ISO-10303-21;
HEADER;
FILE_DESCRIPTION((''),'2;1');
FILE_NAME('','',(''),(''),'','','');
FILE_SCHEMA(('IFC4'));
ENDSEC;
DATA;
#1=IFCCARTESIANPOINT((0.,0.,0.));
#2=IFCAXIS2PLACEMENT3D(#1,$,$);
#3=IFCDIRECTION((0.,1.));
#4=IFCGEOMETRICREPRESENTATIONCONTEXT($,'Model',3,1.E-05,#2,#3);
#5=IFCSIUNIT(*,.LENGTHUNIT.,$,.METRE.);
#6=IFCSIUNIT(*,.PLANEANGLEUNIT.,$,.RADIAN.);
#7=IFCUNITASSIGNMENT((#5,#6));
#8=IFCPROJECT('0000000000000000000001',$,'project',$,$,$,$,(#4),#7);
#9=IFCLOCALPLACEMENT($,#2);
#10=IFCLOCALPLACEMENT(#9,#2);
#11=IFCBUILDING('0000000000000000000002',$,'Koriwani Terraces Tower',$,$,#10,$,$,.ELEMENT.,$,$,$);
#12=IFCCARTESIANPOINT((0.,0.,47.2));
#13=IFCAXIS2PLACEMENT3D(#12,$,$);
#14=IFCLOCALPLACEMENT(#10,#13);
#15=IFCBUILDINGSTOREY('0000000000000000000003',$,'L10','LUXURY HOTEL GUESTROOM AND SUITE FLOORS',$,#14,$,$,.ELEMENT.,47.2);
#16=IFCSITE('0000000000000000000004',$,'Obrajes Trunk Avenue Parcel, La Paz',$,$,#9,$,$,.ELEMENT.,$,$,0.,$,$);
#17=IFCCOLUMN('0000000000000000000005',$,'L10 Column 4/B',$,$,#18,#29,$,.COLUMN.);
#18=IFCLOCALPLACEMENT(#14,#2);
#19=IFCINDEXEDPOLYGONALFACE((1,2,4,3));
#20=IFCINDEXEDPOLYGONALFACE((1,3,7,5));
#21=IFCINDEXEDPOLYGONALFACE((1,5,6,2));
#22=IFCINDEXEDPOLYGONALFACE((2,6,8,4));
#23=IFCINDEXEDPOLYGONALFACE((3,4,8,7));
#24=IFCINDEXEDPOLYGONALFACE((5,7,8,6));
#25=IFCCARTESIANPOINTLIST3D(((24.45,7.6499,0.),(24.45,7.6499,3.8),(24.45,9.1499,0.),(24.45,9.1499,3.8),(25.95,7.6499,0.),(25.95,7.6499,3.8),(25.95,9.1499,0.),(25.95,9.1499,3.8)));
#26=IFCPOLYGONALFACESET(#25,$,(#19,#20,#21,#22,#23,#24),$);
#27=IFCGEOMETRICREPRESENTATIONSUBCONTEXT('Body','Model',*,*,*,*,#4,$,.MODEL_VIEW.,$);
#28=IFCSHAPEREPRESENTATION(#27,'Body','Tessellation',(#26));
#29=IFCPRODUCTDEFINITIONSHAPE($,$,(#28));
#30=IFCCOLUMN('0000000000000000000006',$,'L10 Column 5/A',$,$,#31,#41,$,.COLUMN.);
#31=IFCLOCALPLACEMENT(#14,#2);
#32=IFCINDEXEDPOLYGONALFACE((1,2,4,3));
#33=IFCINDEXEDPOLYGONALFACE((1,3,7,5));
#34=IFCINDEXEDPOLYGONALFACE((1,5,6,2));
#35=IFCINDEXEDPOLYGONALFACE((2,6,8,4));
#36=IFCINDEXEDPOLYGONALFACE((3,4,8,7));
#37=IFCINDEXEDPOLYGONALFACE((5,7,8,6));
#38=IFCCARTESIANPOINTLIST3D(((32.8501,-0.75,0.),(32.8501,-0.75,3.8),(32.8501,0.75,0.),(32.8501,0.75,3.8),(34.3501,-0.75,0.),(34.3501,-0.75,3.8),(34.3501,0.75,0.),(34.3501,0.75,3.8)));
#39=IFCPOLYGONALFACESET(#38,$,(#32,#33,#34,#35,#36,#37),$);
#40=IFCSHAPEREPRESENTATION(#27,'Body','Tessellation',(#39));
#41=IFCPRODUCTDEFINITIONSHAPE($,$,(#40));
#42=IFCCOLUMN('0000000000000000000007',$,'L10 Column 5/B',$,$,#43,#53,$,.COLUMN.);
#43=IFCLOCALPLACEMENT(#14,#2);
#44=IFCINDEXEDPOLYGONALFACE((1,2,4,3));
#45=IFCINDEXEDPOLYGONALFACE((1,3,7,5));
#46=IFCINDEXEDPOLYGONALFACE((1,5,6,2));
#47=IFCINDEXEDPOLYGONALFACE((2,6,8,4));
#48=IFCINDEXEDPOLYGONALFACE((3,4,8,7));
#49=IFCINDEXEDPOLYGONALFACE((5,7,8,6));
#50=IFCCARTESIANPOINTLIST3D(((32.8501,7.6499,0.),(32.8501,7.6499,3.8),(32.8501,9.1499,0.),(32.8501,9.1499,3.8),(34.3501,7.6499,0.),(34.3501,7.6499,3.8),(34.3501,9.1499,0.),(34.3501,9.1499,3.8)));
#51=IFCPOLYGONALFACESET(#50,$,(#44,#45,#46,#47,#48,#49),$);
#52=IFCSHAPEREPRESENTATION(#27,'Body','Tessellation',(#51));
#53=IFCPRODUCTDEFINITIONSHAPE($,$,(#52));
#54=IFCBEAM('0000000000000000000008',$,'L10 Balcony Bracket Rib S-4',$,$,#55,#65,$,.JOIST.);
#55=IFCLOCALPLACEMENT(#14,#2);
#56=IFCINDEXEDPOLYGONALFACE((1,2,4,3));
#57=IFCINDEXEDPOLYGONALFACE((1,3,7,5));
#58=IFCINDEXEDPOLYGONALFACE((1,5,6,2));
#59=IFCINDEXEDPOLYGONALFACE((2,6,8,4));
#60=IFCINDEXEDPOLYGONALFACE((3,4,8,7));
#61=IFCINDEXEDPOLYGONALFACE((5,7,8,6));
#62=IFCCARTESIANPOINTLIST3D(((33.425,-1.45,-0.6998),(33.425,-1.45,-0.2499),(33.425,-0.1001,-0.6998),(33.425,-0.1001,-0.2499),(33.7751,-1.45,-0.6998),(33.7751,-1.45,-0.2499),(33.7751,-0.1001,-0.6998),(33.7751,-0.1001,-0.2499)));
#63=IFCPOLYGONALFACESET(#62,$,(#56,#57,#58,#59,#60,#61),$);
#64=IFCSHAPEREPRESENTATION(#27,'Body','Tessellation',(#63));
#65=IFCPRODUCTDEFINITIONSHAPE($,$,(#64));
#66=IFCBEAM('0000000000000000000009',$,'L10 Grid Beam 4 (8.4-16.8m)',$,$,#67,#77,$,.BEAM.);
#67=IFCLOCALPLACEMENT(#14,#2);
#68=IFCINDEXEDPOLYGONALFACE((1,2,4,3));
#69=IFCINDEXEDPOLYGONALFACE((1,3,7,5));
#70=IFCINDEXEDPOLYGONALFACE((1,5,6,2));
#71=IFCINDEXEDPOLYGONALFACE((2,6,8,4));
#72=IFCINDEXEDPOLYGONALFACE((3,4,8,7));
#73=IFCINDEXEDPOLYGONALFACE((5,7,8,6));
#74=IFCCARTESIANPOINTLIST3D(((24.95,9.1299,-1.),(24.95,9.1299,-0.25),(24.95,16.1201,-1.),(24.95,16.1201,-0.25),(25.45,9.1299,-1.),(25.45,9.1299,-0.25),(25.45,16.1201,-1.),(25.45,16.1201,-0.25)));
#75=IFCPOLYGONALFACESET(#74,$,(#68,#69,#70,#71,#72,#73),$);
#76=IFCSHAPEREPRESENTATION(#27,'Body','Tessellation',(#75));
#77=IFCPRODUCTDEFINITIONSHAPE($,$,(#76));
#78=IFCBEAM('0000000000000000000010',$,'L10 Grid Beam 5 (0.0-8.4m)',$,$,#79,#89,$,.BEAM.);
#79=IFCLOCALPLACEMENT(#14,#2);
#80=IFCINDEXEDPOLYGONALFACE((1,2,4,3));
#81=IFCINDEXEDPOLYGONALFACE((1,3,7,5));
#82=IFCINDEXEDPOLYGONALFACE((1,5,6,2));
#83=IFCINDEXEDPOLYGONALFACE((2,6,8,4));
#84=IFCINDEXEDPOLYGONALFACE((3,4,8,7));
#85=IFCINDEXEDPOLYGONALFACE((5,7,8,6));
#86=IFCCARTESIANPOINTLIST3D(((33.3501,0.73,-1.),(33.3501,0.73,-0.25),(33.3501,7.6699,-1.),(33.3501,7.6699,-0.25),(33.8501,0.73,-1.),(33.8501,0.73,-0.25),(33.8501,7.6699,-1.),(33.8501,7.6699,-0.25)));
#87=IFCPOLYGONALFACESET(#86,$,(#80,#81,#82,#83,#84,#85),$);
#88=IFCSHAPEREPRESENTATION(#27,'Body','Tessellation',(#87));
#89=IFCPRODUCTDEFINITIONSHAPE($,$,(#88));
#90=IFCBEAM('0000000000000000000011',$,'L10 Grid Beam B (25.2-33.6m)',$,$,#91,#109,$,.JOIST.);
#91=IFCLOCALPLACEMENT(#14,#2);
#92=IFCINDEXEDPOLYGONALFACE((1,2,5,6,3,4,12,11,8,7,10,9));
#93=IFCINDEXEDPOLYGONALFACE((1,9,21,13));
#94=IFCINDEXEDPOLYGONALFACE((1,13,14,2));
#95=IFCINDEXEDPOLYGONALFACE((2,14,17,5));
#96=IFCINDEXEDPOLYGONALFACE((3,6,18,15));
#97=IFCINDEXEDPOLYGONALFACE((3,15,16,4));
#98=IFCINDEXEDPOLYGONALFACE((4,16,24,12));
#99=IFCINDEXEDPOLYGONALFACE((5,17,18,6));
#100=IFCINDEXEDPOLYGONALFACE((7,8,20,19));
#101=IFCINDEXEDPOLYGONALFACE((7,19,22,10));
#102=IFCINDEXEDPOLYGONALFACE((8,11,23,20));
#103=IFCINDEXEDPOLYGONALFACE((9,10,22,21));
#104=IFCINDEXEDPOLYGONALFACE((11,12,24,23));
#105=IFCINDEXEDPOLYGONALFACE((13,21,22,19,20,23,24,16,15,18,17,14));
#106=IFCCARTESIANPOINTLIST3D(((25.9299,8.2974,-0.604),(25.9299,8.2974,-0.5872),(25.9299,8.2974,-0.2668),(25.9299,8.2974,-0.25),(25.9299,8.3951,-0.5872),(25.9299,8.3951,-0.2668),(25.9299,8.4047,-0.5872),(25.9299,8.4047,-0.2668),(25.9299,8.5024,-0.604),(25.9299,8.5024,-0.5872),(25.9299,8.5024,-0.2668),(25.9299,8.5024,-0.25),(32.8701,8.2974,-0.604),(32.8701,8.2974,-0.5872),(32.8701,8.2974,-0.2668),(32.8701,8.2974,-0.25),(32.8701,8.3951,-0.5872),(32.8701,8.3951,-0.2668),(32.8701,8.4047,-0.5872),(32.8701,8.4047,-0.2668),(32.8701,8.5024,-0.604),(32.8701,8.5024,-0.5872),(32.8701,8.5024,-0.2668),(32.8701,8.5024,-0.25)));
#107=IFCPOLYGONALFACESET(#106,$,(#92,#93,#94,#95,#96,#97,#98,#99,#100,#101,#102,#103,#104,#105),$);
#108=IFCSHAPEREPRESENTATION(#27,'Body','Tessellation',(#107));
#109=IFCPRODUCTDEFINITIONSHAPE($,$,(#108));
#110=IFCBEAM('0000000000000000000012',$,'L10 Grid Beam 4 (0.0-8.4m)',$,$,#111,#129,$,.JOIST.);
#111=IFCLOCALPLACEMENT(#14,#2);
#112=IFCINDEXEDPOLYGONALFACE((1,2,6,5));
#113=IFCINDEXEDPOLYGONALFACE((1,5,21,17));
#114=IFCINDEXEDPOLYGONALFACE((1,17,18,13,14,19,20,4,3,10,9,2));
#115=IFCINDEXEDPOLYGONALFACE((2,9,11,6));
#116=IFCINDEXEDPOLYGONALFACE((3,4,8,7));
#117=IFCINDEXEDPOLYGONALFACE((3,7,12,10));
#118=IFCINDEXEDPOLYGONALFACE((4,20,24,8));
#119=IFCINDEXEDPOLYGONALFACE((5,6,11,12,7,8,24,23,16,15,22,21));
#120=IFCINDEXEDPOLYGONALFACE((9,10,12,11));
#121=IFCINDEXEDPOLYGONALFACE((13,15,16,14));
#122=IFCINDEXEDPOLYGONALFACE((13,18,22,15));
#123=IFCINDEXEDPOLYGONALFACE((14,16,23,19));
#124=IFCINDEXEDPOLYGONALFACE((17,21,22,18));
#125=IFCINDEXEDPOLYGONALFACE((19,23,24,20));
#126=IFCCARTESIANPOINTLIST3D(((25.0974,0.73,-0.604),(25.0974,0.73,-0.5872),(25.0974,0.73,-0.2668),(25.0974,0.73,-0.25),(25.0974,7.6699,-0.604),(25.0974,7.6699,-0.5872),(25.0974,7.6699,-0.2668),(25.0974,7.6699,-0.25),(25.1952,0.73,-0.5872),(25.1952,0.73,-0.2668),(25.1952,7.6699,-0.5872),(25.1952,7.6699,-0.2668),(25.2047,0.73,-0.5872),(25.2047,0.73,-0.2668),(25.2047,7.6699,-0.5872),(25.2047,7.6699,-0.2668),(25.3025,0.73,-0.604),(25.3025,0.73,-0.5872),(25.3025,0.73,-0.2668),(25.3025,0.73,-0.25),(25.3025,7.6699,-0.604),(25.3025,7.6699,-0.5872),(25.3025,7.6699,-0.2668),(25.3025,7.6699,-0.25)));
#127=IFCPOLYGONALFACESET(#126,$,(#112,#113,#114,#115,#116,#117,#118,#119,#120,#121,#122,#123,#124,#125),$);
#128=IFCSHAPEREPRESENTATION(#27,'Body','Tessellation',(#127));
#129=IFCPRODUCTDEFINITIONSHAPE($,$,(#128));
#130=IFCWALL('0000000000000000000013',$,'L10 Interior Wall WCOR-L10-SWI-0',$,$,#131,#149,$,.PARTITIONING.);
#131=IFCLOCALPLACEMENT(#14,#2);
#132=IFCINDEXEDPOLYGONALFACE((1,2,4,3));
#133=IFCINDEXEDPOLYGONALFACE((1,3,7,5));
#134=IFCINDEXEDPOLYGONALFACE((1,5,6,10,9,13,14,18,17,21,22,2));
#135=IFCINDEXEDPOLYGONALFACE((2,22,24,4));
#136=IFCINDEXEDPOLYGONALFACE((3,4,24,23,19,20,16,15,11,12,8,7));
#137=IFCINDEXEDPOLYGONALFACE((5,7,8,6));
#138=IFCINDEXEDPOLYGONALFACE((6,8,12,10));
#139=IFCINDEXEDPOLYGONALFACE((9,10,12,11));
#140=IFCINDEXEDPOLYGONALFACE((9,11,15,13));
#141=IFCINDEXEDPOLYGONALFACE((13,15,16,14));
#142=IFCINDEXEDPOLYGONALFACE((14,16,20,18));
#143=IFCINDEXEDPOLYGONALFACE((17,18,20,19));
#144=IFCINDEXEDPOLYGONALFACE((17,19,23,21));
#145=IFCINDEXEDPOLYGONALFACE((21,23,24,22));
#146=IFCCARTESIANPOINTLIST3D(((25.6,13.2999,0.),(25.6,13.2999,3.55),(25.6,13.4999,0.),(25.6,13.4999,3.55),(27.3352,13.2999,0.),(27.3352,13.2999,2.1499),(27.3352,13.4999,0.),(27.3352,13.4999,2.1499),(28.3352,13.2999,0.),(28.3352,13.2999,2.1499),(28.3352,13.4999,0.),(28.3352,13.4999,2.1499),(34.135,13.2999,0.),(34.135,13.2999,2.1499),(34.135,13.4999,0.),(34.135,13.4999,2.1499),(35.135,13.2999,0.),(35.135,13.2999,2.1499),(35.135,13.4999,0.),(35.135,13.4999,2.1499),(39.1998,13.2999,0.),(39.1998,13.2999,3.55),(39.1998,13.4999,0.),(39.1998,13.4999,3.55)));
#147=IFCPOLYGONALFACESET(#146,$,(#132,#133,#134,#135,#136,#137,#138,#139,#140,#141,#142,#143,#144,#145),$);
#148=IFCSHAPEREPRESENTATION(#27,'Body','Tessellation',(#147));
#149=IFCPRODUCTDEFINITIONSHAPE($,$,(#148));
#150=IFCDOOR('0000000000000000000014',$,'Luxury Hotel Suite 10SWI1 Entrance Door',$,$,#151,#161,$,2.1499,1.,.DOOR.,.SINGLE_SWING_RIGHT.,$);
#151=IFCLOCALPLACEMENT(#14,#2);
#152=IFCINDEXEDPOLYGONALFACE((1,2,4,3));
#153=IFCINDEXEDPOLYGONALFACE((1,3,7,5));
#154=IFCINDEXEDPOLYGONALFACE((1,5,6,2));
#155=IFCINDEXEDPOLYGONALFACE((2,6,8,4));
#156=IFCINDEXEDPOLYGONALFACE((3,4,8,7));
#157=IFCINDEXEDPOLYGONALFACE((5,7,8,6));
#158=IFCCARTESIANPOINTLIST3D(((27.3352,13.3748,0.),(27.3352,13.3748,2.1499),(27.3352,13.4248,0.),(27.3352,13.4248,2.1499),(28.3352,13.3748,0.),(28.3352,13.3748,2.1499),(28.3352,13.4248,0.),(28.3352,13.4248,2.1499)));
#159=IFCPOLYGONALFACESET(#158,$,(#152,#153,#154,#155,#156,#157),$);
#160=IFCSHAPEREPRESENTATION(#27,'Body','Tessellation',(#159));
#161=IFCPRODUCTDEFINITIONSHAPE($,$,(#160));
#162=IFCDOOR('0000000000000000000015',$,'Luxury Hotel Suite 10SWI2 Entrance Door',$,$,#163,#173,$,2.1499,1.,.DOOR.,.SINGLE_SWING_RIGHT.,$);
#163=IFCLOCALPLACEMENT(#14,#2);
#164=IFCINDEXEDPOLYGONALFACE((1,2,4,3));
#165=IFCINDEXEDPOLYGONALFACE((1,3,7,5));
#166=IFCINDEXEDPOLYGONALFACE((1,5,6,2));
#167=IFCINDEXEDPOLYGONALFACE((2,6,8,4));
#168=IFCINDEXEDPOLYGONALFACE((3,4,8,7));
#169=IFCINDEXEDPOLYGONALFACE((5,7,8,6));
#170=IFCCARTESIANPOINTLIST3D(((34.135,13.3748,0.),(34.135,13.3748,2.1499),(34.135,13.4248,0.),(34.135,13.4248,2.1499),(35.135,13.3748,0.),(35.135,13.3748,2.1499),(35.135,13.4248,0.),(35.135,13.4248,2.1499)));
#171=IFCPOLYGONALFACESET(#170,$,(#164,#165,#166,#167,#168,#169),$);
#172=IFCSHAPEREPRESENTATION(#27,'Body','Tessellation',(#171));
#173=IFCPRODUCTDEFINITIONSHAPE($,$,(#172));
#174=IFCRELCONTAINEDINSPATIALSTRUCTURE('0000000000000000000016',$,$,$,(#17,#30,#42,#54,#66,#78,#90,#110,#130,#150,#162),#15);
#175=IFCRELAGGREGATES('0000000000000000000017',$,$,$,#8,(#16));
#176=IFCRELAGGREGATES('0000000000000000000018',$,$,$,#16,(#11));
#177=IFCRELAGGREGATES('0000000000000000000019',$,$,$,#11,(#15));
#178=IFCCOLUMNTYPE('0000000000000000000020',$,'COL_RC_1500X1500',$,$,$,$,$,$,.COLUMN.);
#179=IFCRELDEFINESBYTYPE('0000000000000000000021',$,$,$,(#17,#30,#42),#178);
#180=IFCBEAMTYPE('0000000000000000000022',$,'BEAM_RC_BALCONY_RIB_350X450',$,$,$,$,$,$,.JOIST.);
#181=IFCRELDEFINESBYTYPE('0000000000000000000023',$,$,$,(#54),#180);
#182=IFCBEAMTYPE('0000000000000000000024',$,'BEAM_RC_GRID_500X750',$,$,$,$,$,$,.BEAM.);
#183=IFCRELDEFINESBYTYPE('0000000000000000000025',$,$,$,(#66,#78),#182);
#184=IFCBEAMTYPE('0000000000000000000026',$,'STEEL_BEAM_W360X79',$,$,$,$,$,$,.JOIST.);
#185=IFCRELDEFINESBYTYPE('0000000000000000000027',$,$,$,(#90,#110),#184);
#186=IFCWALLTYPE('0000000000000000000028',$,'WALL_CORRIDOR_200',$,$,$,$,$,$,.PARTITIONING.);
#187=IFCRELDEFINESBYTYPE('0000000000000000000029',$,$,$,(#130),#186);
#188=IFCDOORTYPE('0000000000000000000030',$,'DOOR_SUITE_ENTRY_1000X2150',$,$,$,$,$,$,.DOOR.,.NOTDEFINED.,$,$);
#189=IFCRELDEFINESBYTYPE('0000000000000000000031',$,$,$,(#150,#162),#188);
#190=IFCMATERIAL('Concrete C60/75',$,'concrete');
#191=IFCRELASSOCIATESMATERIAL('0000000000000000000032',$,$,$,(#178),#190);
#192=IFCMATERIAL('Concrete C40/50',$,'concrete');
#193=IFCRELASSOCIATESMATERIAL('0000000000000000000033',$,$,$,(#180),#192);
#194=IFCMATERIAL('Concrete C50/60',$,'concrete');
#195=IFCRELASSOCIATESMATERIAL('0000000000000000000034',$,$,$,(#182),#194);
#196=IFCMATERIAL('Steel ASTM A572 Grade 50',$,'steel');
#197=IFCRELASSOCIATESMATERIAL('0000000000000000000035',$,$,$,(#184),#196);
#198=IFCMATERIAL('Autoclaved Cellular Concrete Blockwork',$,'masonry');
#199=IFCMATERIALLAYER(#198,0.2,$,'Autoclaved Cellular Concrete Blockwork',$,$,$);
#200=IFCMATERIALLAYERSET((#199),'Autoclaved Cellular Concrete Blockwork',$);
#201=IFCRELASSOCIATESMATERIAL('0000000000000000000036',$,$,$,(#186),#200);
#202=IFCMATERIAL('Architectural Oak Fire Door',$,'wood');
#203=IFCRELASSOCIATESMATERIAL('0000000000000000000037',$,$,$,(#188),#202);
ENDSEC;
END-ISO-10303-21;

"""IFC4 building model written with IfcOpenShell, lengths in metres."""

from ifc_helpers import new_model, si_unit, direction, frame, frame_2d, origin, origin_2d, place, context, subcontext, project, spatial, rectangle, i_section, extrude, material, layer, layer_set, material_profile, profile_set, type_object, element, fill, save


model = new_model("IFC4")

# Units and contexts
model_context = context("Model", 3, precision=1e-05, world=origin(), true_north=direction((0.0, 1.0)))
body_context = subcontext(model_context, "Body", "Model", "MODEL_VIEW")
ifc_project = project(units=[si_unit("LENGTHUNIT", "METRE"), si_unit("PLANEANGLEUNIT", "RADIAN")], contexts=[model_context])

# Site, building, storey
site_placement = place(None, origin())
site = spatial("IfcSite", under=ifc_project, at=site_placement, Name="Obrajes Trunk Avenue Parcel, La Paz", CompositionType="ELEMENT", RefElevation=0.0)
building_placement = place(site_placement, origin())
building = spatial("IfcBuilding", under=site, at=building_placement, Name="Koriwani Terraces Tower", CompositionType="ELEMENT")
storey_placement = place(building_placement, frame((0.0, 0.0, 47.2)))
storey = spatial("IfcBuildingStorey", under=building, at=storey_placement, Name="L10", Description="LUXURY HOTEL GUESTROOM AND SUITE FLOORS", CompositionType="ELEMENT", Elevation=47.2)

# Columns
ifc_material_1 = material(Name="Concrete C60/75", Category="concrete")
ifc_material_profile_1 = material_profile(ifc_material_1, rectangle(XDim=1.5, YDim=1.5, at=origin_2d()), Name="Concrete C60/75", Category="LoadBearing")
ifc_profile_set_1 = profile_set([ifc_material_profile_1], Name="Concrete C60/75")
column_type = type_object("IfcColumnType", Name="COL_RC_1500X1500", PredefinedType="COLUMN", material=ifc_profile_set_1)
for number, where, z_axis, x_axis, name in (
    (1, (25.2, 8.3999, 0.0), (0.0, 0.0, 1.0), (1.0, 0.0, 0.0), "L10 Column 4/B"),
    (2, (33.6001, 0.0, 0.0), (0.0, 0.0, 1.0), (1.0, 0.0, 0.0), "L10 Column 5/A"),
    (3, (33.6001, 8.3999, 0.0), (0.0, 0.0, 1.0), (1.0, 0.0, 0.0), "L10 Column 5/B"),
):
    element("IfcColumn", number, at=place(storey_placement, frame(where, z_axis=z_axis, x_axis=x_axis)), inside=storey, type_object=column_type, Name=name, PredefinedType="COLUMN", context=body_context, shape_type="SweptSolid", body=[
        extrude(rectangle(XDim=1.5, YDim=1.5, at=origin_2d()), origin(), (0.0, 0.0, 1.0), 3.8),
    ])

# Beams
ifc_material_2 = material(Name="Concrete C40/50", Category="concrete")
ifc_material_profile_2 = material_profile(ifc_material_2, rectangle(XDim=0.3501, YDim=0.45, at=origin_2d()), Name="Concrete C40/50", Category="LoadBearing")
ifc_profile_set_2 = profile_set([ifc_material_profile_2], Name="Concrete C40/50")
beam_type_1 = type_object("IfcBeamType", Name="BEAM_RC_BALCONY_RIB_350X450", PredefinedType="JOIST", material=ifc_profile_set_2)
beam_1_placement = place(storey_placement, frame((33.6001, -1.45, -0.4749), z_axis=(0.0, 1.0, 0.0), x_axis=(-1.0, 0.0, 0.0)))
element("IfcBeam", 4, at=beam_1_placement, inside=storey, type_object=beam_type_1, Name="L10 Balcony Bracket Rib S-4", PredefinedType="JOIST", context=body_context, shape_type="SweptSolid", body=[
    extrude(rectangle(XDim=0.3501, YDim=0.45, at=origin_2d()), origin(), (0.0, 0.0, 1.0), 1.3499),
])
ifc_material_3 = material(Name="Concrete C50/60", Category="concrete")
ifc_material_profile_3 = material_profile(ifc_material_3, rectangle(XDim=0.5, YDim=0.75, at=origin_2d()), Name="Concrete C50/60", Category="LoadBearing")
ifc_profile_set_3 = profile_set([ifc_material_profile_3], Name="Concrete C50/60")
beam_type_2 = type_object("IfcBeamType", Name="BEAM_RC_GRID_500X750", PredefinedType="BEAM", material=ifc_profile_set_3)
beam_2_placement = place(storey_placement, frame((25.2, 9.1299, -0.625), z_axis=(0.0, 1.0, 0.0), x_axis=(-1.0, 0.0, 0.0)))
element("IfcBeam", 5, at=beam_2_placement, inside=storey, type_object=beam_type_2, Name="L10 Grid Beam 4 (8.4-16.8m)", PredefinedType="BEAM", context=body_context, shape_type="SweptSolid", body=[
    extrude(rectangle(XDim=0.5, YDim=0.75, at=origin_2d()), origin(), (0.0, 0.0, 1.0), 6.9902),
])
beam_3_placement = place(storey_placement, frame((33.6001, 0.73, -0.625), z_axis=(0.0, 1.0, 0.0), x_axis=(-1.0, 0.0, 0.0)))
element("IfcBeam", 6, at=beam_3_placement, inside=storey, type_object=beam_type_2, Name="L10 Grid Beam 5 (0.0-8.4m)", PredefinedType="BEAM", context=body_context, shape_type="SweptSolid", body=[
    extrude(rectangle(XDim=0.5, YDim=0.75, at=origin_2d()), origin(), (0.0, 0.0, 1.0), 6.9399),
])
ifc_material_4 = material(Name="Steel ASTM A572 Grade 50", Category="steel")
ifc_material_profile_4 = material_profile(ifc_material_4, i_section(OverallWidth=0.2051, OverallDepth=0.354, WebThickness=0.0095, FlangeThickness=0.0168, at=origin_2d()), Name="Steel ASTM A572 Grade 50", Category="LoadBearing")
ifc_profile_set_4 = profile_set([ifc_material_profile_4], Name="Steel ASTM A572 Grade 50")
beam_type_3 = type_object("IfcBeamType", Name="STEEL_BEAM_W360X79", PredefinedType="JOIST", material=ifc_profile_set_4)
beam_4_placement = place(storey_placement, frame((25.9299, 8.3999, -0.427), z_axis=(1.0, 0.0, 0.0), x_axis=(0.0, 1.0, 0.0)))
element("IfcBeam", 7, at=beam_4_placement, inside=storey, type_object=beam_type_3, Name="L10 Grid Beam B (25.2-33.6m)", PredefinedType="JOIST", context=body_context, shape_type="SweptSolid", body=[
    extrude(i_section(OverallWidth=0.2051, OverallDepth=0.354, WebThickness=0.0095, FlangeThickness=0.0168, at=origin_2d()), origin(), (0.0, 0.0, 1.0), 6.9402),
])
beam_5_placement = place(storey_placement, frame((25.2, 0.73, -0.427), z_axis=(0.0, 1.0, 0.0), x_axis=(-1.0, 0.0, 0.0)))
element("IfcBeam", 8, at=beam_5_placement, inside=storey, type_object=beam_type_3, Name="L10 Grid Beam 4 (0.0-8.4m)", PredefinedType="JOIST", context=body_context, shape_type="SweptSolid", body=[
    extrude(i_section(OverallWidth=0.2051, OverallDepth=0.354, WebThickness=0.0095, FlangeThickness=0.0168, at=origin_2d()), origin(), (0.0, 0.0, 1.0), 6.9399),
])

# Wall, openings, doors
ifc_material_5 = material(Name="Autoclaved Cellular Concrete Blockwork", Category="masonry")
ifc_layer_1 = layer(ifc_material_5, 0.2, Name="Autoclaved Cellular Concrete Blockwork")
ifc_layer_set_1 = layer_set([ifc_layer_1], Name="Autoclaved Cellular Concrete Blockwork")
wall_type_1 = type_object("IfcWallType", Name="WALL_CORRIDOR_200", PredefinedType="PARTITIONING", material=ifc_layer_set_1)
wall_1_placement = place(storey_placement, frame((25.6001, 13.3999, 0.0), z_axis=(0.0, 0.0, 1.0), x_axis=(1.0, 0.0, 0.0)))
wall_1 = element("IfcWall", 9, at=wall_1_placement, inside=storey, type_object=wall_type_1, Name="L10 Interior Wall WCOR-L10-SWI-0", PredefinedType="PARTITIONING", context=body_context, shape_type="SweptSolid", body=[
    extrude(rectangle(XDim=13.5999, YDim=0.2, at=frame_2d((6.7998, 0.0))), origin(), (0.0, 0.0, 1.0), 3.55),
])
opening_1_placement = place(wall_1_placement, frame((1.7351, 0.0, 0.0)))
opening_1 = element("IfcOpeningElement", 10, at=opening_1_placement, cuts=wall_1, PredefinedType="OPENING", context=body_context, shape_type="SweptSolid", body=[
    extrude(rectangle(XDim=1.0, YDim=2.1499, at=frame_2d((0.5, 1.075))), frame((0.0, 0.1099, 0.0), z_axis=(0.0, -1.0, 0.0), x_axis=(1.0, 0.0, 0.0)), (0.0, 0.0, 1.0), 0.22),
])
opening_2_placement = place(wall_1_placement, frame((8.5349, 0.0, 0.0)))
opening_2 = element("IfcOpeningElement", 11, at=opening_2_placement, cuts=wall_1, PredefinedType="OPENING", context=body_context, shape_type="SweptSolid", body=[
    extrude(rectangle(XDim=1.0, YDim=2.1499, at=frame_2d((0.5, 1.075))), frame((0.0, 0.1099, 0.0), z_axis=(0.0, -1.0, 0.0), x_axis=(1.0, 0.0, 0.0)), (0.0, 0.0, 1.0), 0.22),
])
ifc_material_6 = material(Name="Architectural Oak Fire Door", Category="wood")
door_type = type_object("IfcDoorType", Name="DOOR_SUITE_ENTRY_1000X2150", OperationType="NOTDEFINED", PredefinedType="DOOR", material=ifc_material_6)
door_1_placement = place(opening_1_placement, origin())
door_1 = element("IfcDoor", 12, at=door_1_placement, inside=storey, type_object=door_type, Name="Luxury Hotel Suite 10SWI1 Entrance Door", OperationType="SINGLE_SWING_RIGHT", OverallHeight=2.1499, OverallWidth=1.0, PredefinedType="DOOR", context=body_context, shape_type="SweptSolid", body=[
    extrude(rectangle(XDim=1.0, YDim=2.1499, at=frame_2d((0.5, 1.075))), frame((0.0, 0.0249, 0.0), z_axis=(0.0, -1.0, 0.0), x_axis=(1.0, 0.0, 0.0)), (0.0, 0.0, 1.0), 0.05),
])
fill(opening_1, door_1)
door_2_placement = place(opening_2_placement, origin())
door_2 = element("IfcDoor", 13, at=door_2_placement, inside=storey, type_object=door_type, Name="Luxury Hotel Suite 10SWI2 Entrance Door", OperationType="SINGLE_SWING_RIGHT", OverallHeight=2.1499, OverallWidth=1.0, PredefinedType="DOOR", context=body_context, shape_type="SweptSolid", body=[
    extrude(rectangle(XDim=1.0, YDim=2.1499, at=frame_2d((0.5, 1.075))), frame((0.0, 0.0249, 0.0), z_axis=(0.0, -1.0, 0.0), x_axis=(1.0, 0.0, 0.0)), (0.0, 0.0, 1.0), 0.05),
])
fill(opening_2, door_2)

save(model, "model.ifc")
